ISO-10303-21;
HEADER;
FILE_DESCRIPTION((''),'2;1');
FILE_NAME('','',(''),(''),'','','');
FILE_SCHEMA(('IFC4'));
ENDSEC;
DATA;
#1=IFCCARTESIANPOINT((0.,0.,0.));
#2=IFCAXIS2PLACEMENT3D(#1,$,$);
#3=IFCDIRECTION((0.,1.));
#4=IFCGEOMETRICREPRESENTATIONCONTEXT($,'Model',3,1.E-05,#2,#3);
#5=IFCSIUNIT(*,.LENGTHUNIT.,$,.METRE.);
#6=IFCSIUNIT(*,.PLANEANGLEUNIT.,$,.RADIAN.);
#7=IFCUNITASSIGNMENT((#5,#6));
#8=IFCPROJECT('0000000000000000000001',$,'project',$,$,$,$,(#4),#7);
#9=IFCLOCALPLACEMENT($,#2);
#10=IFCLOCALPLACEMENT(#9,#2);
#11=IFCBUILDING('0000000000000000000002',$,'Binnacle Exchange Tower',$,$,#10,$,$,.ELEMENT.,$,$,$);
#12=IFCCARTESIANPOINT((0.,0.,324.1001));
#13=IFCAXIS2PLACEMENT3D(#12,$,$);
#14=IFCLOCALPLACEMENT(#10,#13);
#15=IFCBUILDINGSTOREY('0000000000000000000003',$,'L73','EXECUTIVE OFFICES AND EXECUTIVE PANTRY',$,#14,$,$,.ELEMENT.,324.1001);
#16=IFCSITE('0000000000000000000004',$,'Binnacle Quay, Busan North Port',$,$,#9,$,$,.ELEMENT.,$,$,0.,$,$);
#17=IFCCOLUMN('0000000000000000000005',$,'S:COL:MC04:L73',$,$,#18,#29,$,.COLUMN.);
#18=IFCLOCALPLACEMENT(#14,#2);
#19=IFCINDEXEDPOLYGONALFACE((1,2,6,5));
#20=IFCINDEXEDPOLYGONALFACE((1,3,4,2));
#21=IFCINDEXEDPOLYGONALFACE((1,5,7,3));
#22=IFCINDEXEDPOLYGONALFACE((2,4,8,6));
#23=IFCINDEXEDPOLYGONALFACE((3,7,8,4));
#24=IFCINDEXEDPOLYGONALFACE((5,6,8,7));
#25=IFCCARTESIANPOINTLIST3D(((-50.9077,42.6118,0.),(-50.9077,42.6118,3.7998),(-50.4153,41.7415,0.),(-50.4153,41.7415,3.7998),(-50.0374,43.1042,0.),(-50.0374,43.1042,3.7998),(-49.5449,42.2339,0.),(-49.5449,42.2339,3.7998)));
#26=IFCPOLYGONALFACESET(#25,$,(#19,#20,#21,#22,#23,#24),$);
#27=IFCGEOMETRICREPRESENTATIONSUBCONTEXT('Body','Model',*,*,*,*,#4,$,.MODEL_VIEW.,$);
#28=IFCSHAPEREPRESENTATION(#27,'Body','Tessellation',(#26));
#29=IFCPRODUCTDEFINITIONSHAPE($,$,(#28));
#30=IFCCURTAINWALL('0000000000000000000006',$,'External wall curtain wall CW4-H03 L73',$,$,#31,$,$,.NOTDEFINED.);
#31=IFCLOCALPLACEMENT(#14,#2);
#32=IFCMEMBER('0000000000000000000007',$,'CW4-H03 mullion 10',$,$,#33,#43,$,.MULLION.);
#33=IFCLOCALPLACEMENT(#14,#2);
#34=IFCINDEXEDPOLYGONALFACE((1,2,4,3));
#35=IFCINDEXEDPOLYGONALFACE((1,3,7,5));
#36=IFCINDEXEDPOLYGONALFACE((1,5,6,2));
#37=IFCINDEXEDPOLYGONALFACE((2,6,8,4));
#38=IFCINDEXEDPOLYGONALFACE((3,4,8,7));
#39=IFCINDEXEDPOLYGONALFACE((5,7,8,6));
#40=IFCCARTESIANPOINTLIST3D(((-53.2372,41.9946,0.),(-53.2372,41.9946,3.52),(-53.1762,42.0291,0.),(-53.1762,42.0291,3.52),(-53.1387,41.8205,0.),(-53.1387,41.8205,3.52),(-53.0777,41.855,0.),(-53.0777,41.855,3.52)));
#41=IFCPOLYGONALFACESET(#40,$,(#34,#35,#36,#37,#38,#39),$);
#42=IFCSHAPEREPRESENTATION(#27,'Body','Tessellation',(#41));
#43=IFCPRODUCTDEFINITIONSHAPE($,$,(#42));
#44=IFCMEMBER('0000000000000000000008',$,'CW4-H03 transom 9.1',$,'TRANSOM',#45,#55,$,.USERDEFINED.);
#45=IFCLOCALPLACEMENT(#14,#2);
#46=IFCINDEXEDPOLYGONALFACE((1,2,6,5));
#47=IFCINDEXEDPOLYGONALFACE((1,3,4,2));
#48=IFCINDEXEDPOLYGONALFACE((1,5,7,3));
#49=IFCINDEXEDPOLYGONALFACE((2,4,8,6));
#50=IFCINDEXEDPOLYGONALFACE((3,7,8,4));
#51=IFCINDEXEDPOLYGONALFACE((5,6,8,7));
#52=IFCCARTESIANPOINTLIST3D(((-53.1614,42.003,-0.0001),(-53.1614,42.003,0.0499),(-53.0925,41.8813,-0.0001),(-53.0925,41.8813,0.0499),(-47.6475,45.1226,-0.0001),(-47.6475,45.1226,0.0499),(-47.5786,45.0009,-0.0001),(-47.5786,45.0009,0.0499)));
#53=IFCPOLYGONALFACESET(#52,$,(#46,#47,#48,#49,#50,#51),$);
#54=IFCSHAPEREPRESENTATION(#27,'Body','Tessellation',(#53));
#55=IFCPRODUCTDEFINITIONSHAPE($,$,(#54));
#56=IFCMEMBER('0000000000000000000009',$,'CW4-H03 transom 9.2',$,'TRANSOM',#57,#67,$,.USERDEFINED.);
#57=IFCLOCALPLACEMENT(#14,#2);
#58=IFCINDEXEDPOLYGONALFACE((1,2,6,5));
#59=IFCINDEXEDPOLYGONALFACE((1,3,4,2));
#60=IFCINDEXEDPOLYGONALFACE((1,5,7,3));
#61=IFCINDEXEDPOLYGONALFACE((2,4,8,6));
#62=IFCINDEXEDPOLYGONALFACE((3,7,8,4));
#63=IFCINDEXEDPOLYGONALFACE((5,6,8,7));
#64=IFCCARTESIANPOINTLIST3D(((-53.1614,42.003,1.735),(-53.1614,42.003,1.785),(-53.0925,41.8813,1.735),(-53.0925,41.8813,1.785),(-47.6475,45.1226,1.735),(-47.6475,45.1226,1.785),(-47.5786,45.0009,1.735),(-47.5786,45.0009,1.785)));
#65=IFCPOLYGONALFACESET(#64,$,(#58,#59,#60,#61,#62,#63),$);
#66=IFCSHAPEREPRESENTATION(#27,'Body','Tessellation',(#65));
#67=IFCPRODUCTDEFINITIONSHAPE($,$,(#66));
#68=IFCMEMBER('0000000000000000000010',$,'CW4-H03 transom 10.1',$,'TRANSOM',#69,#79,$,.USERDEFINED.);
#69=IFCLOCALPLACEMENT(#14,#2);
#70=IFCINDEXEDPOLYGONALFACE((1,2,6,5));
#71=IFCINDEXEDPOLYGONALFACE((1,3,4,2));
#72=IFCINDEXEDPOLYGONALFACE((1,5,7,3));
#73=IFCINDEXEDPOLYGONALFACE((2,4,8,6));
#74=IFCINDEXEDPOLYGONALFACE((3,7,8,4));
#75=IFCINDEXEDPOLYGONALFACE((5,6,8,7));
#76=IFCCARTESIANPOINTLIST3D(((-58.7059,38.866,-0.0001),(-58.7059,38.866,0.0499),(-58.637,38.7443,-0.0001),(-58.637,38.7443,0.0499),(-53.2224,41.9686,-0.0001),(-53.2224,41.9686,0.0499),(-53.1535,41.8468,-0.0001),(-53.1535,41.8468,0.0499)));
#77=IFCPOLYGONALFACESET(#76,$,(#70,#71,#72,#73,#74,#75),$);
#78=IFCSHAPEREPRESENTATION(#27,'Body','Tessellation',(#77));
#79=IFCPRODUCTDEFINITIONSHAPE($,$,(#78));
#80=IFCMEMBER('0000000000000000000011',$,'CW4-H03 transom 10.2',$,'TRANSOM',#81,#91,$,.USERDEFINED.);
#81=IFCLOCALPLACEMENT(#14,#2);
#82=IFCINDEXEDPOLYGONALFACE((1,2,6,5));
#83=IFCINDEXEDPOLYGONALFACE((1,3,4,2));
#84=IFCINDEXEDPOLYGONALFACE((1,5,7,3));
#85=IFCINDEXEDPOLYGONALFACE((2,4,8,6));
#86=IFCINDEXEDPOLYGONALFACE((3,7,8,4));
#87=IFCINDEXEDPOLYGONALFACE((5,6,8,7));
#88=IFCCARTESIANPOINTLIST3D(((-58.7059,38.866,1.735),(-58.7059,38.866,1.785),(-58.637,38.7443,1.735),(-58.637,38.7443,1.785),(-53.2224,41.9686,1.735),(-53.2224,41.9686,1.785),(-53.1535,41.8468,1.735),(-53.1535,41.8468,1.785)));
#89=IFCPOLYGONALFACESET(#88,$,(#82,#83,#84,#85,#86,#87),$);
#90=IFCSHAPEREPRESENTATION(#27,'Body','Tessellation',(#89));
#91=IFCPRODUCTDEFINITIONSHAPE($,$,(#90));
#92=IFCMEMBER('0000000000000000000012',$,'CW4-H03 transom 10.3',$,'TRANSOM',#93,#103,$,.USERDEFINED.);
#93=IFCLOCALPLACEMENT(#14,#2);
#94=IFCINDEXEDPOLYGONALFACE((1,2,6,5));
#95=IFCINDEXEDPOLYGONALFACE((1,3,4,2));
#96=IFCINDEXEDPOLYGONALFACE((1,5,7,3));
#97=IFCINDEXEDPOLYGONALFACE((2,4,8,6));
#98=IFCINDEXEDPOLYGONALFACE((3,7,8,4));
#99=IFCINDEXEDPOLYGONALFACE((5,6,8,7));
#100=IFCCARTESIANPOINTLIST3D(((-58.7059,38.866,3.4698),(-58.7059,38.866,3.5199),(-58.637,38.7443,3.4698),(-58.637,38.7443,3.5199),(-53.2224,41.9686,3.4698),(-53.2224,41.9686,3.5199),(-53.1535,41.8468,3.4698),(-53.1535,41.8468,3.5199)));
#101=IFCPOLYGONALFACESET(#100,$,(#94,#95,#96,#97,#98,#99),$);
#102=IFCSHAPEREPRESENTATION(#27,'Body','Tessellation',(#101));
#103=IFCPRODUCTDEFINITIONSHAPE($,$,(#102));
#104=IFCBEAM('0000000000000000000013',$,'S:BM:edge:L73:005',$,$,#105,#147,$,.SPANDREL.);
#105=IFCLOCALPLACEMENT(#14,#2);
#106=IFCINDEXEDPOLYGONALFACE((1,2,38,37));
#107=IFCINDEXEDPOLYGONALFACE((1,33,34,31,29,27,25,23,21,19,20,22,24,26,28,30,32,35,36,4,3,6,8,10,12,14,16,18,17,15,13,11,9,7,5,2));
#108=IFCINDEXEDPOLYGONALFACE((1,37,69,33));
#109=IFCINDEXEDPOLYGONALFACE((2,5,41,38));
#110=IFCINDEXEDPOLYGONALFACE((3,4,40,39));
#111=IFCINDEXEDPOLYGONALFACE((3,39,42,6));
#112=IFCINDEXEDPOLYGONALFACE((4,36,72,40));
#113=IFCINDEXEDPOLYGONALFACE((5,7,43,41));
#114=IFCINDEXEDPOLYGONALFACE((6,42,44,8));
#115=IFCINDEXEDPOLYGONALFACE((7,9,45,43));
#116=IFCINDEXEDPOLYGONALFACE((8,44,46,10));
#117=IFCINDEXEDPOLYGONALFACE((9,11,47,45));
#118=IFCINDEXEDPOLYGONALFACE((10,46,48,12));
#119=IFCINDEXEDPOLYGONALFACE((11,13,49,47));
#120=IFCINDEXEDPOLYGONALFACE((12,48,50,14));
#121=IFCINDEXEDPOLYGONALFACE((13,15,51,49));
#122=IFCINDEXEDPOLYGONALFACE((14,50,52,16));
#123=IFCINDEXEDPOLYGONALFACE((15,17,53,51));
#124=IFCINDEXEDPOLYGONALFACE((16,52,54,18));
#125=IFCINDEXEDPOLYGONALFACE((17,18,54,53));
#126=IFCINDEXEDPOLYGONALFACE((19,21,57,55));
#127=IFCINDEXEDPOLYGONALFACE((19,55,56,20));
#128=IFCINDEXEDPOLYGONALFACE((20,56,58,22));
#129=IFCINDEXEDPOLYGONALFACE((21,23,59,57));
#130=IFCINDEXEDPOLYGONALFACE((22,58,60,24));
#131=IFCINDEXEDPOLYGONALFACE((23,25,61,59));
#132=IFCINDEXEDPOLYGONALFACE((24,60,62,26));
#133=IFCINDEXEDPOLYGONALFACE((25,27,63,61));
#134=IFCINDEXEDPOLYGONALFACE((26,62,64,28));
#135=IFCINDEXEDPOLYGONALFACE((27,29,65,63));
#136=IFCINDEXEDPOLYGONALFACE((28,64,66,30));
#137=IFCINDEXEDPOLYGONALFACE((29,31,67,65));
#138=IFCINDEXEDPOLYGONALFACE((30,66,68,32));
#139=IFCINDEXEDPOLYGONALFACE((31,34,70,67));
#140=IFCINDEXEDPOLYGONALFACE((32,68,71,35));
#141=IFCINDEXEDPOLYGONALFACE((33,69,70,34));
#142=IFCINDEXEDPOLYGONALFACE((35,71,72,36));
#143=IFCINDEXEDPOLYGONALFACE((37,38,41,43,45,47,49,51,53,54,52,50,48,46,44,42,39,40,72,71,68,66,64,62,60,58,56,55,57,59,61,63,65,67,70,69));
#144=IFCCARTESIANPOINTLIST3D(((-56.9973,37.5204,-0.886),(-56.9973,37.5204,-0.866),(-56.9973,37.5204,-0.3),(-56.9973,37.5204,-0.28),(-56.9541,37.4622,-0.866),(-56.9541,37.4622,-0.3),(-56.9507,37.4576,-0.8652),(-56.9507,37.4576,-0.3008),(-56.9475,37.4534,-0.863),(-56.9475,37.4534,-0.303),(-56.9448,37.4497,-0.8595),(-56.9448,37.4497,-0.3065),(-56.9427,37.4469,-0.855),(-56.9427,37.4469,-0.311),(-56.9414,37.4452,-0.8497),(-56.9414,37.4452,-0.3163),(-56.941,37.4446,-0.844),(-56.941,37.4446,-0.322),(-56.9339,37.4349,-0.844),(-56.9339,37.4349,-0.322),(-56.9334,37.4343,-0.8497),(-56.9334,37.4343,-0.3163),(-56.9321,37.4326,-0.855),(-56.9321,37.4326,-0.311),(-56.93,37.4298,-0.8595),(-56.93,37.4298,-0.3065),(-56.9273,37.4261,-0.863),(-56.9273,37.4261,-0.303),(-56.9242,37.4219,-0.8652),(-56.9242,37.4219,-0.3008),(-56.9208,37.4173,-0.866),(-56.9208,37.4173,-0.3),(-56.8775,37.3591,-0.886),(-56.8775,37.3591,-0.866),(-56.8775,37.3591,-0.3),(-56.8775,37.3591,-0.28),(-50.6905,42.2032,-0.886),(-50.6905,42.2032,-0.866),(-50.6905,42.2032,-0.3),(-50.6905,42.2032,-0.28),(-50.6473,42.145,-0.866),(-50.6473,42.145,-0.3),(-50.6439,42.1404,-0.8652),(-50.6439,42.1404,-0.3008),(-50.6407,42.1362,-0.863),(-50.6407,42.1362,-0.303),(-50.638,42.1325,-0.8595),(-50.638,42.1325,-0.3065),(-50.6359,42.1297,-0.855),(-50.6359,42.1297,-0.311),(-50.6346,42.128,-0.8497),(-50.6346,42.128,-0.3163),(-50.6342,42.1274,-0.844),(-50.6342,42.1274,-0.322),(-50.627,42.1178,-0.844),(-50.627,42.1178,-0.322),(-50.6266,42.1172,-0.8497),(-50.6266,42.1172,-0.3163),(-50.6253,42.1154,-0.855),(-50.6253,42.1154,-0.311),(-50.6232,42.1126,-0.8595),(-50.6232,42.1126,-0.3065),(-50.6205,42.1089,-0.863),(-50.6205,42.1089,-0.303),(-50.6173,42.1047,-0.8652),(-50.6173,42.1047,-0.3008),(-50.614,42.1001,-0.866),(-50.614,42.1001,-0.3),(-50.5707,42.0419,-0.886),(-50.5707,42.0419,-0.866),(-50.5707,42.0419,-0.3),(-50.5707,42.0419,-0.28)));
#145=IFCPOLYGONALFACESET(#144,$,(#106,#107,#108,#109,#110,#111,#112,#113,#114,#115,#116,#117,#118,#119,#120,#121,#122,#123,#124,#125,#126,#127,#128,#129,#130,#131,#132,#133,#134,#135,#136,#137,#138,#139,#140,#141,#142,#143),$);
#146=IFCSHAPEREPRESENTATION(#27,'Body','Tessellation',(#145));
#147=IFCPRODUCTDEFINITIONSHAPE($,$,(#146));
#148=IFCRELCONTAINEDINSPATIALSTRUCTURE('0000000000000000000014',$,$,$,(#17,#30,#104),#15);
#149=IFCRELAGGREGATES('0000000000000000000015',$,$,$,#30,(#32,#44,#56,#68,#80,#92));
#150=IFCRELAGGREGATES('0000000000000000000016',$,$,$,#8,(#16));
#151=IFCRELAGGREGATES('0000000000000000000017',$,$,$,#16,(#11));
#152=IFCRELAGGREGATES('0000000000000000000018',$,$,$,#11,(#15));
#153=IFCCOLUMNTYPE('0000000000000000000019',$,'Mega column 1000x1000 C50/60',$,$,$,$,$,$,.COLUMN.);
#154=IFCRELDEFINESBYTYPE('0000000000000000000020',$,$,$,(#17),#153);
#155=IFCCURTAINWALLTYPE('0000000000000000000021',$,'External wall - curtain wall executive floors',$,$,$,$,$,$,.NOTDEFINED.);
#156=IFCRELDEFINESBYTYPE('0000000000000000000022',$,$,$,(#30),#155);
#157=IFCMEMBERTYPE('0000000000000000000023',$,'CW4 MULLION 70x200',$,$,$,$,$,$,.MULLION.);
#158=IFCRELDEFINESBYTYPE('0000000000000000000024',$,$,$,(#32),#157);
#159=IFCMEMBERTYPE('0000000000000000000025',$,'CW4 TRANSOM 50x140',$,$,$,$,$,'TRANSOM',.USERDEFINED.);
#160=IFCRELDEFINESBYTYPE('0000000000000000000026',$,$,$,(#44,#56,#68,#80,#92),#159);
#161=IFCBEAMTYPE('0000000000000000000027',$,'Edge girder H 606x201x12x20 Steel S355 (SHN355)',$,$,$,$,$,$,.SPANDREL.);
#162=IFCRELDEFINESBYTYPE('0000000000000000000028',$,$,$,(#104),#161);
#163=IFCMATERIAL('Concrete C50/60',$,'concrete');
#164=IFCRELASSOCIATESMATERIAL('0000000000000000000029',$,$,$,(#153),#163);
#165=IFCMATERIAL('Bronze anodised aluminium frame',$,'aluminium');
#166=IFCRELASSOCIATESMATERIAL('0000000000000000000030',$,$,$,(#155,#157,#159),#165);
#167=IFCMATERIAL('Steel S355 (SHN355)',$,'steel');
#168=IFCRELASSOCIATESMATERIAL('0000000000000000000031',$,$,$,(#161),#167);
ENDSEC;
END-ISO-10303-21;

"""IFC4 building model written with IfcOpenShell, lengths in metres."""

from ifc_helpers import new_model, si_unit, direction, frame, origin, origin_2d, place, context, subcontext, project, spatial, rectangle, i_section, extrude, material, material_profile, profile_set, type_object, element, aggregate, save


model = new_model("IFC4")

# Units and contexts
model_context = context("Model", 3, precision=1e-05, world=origin(), true_north=direction((0.0, 1.0)))
body_context = subcontext(model_context, "Body", "Model", "MODEL_VIEW")
ifc_project = project(units=[si_unit("LENGTHUNIT", "METRE"), si_unit("PLANEANGLEUNIT", "RADIAN")], contexts=[model_context])

# Site, building, storey
site_placement = place(None, origin())
site = spatial("IfcSite", under=ifc_project, at=site_placement, Name="Binnacle Quay, Busan North Port", CompositionType="ELEMENT", RefElevation=0.0)
building_placement = place(site_placement, origin())
building = spatial("IfcBuilding", under=site, at=building_placement, Name="Binnacle Exchange Tower", CompositionType="ELEMENT")
storey_placement = place(building_placement, frame((0.0, 0.0, 324.1001)))
storey = spatial("IfcBuildingStorey", under=building, at=storey_placement, Name="L73", Description="EXECUTIVE OFFICES AND EXECUTIVE PANTRY", CompositionType="ELEMENT", Elevation=324.1001)

# Column
ifc_material_1 = material(Name="Concrete C50/60", Category="concrete")
ifc_material_profile_1 = material_profile(ifc_material_1, rectangle(XDim=1.0, YDim=1.0, at=origin_2d()), Name="Mega column 1000x1000 C50/60")
ifc_profile_set_1 = profile_set([ifc_material_profile_1], Name="Concrete C50/60")
column_type = type_object("IfcColumnType", Name="Mega column 1000x1000 C50/60", PredefinedType="COLUMN", material=ifc_profile_set_1)
column_placement = place(storey_placement, frame((-50.2263, 42.4229, 0.0), z_axis=(0.0, 0.0, 1.0), x_axis=(-0.870356, -0.492424, 0.0)))
element("IfcColumn", 1, at=column_placement, inside=storey, type_object=column_type, Name="S:COL:MC04:L73", PredefinedType="COLUMN", context=body_context, shape_type="SweptSolid", body=[
    extrude(rectangle(XDim=1.0, YDim=1.0, at=origin_2d()), origin(), (0.0, 0.0, 1.0), 3.7998),
])

# Curtain wall, members
ifc_material_2 = material(Name="Bronze anodised aluminium frame", Category="aluminium")
curtain_wall_type = type_object("IfcCurtainWallType", Name="External wall - curtain wall executive floors", PredefinedType="NOTDEFINED", material=ifc_material_2)
curtain_wall_placement = place(storey_placement, origin())
curtain_wall = element("IfcCurtainWall", 2, at=curtain_wall_placement, inside=storey, type_object=curtain_wall_type, Name="External wall curtain wall CW4-H03 L73", PredefinedType="NOTDEFINED")
ifc_material_profile_2 = material_profile(ifc_material_2, rectangle(XDim=0.2, YDim=0.0701, at=origin_2d()), Name="AL 70x200")
ifc_profile_set_2 = profile_set([ifc_material_profile_2], Name="Bronze anodised aluminium frame")
member_type_1 = type_object("IfcMemberType", Name="CW4 MULLION 70x200", PredefinedType="MULLION", material=ifc_profile_set_2)
member_1_placement = place(storey_placement, frame((-53.1575, 41.9248, 0.0), z_axis=(0.0, 0.0, 1.0), x_axis=(0.492424, -0.870356, 0.0)))
member_1 = element("IfcMember", 3, at=member_1_placement, type_object=member_type_1, Name="CW4-H03 mullion 10", PredefinedType="MULLION", context=body_context, shape_type="SweptSolid", body=[
    extrude(rectangle(XDim=0.2, YDim=0.0701, at=origin_2d()), origin(), (0.0, 0.0, 1.0), 3.52),
])
ifc_material_profile_3 = material_profile(ifc_material_2, rectangle(XDim=0.1399, YDim=0.05, at=origin_2d()), Name="AL 140x50")
ifc_profile_set_3 = profile_set([ifc_material_profile_3], Name="Bronze anodised aluminium frame")
member_type_2 = type_object("IfcMemberType", Name="CW4 TRANSOM 50x140", ElementType="TRANSOM", PredefinedType="USERDEFINED", material=ifc_profile_set_3)
member_2_placement = place(storey_placement, frame((-47.613, 45.0618, 0.0249), z_axis=(-0.870355, -0.492424, 0.0), x_axis=(0.492424, -0.870355, 0.0)))
member_2 = element("IfcMember", 4, at=member_2_placement, type_object=member_type_2, Name="CW4-H03 transom 9.1", ObjectType="TRANSOM", PredefinedType="USERDEFINED", context=body_context, shape_type="SweptSolid", body=[
    extrude(rectangle(XDim=0.1399, YDim=0.05, at=origin_2d()), origin(), (0.0, 0.0, 1.0), 6.3352),
])
member_3_placement = place(storey_placement, frame((-47.613, 45.0618, 1.76), z_axis=(-0.870355, -0.492424, 0.0), x_axis=(0.492424, -0.870355, 0.0)))
member_3 = element("IfcMember", 5, at=member_3_placement, type_object=member_type_2, Name="CW4-H03 transom 9.2", ObjectType="TRANSOM", PredefinedType="USERDEFINED", context=body_context, shape_type="SweptSolid", body=[
    extrude(rectangle(XDim=0.1399, YDim=0.05, at=origin_2d()), origin(), (0.0, 0.0, 1.0), 6.3352),
])
member_4_placement = place(storey_placement, frame((-53.188, 41.9077, 0.0249), z_axis=(-0.870343, -0.492445, 0.0), x_axis=(0.492445, -0.870343, 0.0)))
member_4 = element("IfcMember", 6, at=member_4_placement, type_object=member_type_2, Name="CW4-H03 transom 10.1", ObjectType="TRANSOM", PredefinedType="USERDEFINED", context=body_context, shape_type="SweptSolid", body=[
    extrude(rectangle(XDim=0.1399, YDim=0.05, at=origin_2d()), origin(), (0.0, 0.0, 1.0), 6.3003),
])
member_5_placement = place(storey_placement, frame((-53.188, 41.9077, 1.76), z_axis=(-0.870343, -0.492445, 0.0), x_axis=(0.492445, -0.870343, 0.0)))
member_5 = element("IfcMember", 7, at=member_5_placement, type_object=member_type_2, Name="CW4-H03 transom 10.2", ObjectType="TRANSOM", PredefinedType="USERDEFINED", context=body_context, shape_type="SweptSolid", body=[
    extrude(rectangle(XDim=0.1399, YDim=0.05, at=origin_2d()), origin(), (0.0, 0.0, 1.0), 6.3003),
])
member_6_placement = place(storey_placement, frame((-53.188, 41.9077, 3.4949), z_axis=(-0.870343, -0.492445, 0.0), x_axis=(0.492445, -0.870343, 0.0)))
member_6 = element("IfcMember", 8, at=member_6_placement, type_object=member_type_2, Name="CW4-H03 transom 10.3", ObjectType="TRANSOM", PredefinedType="USERDEFINED", context=body_context, shape_type="SweptSolid", body=[
    extrude(rectangle(XDim=0.1399, YDim=0.05, at=origin_2d()), origin(), (0.0, 0.0, 1.0), 6.3003),
])

# Beam
ifc_material_3 = material(Name="Steel S355 (SHN355)", Category="steel")
ifc_material_profile_4 = material_profile(ifc_material_3, i_section(OverallWidth=0.2009, OverallDepth=0.606, WebThickness=0.012, FlangeThickness=0.02, FilletRadius=0.022, at=origin_2d()), Name="H 606x201x12x20")
ifc_profile_set_4 = profile_set([ifc_material_profile_4], Name="Steel S355 (SHN355)")
beam_type_1 = type_object("IfcBeamType", Name="Edge girder H 606x201x12x20 Steel S355 (SHN355)", PredefinedType="SPANDREL", material=ifc_profile_set_4)
beam_1_placement = place(storey_placement, frame((-50.6306, 42.1226, -0.583), z_axis=(-0.802881, -0.596139, 0.0), x_axis=(0.596139, -0.802881, 0.0)))
element("IfcBeam", 9, at=beam_1_placement, inside=storey, type_object=beam_type_1, Name="S:BM:edge:L73:005", PredefinedType="SPANDREL", context=body_context, shape_type="SweptSolid", body=[
    extrude(i_section(OverallWidth=0.2009, OverallDepth=0.606, WebThickness=0.012, FlangeThickness=0.02, FilletRadius=0.022, at=origin_2d()), origin(), (0.0, 0.0, 1.0), 7.8552),
])

aggregate(curtain_wall, [member_1, member_2, member_3, member_4, member_5, member_6])

save(model, "model.ifc")
